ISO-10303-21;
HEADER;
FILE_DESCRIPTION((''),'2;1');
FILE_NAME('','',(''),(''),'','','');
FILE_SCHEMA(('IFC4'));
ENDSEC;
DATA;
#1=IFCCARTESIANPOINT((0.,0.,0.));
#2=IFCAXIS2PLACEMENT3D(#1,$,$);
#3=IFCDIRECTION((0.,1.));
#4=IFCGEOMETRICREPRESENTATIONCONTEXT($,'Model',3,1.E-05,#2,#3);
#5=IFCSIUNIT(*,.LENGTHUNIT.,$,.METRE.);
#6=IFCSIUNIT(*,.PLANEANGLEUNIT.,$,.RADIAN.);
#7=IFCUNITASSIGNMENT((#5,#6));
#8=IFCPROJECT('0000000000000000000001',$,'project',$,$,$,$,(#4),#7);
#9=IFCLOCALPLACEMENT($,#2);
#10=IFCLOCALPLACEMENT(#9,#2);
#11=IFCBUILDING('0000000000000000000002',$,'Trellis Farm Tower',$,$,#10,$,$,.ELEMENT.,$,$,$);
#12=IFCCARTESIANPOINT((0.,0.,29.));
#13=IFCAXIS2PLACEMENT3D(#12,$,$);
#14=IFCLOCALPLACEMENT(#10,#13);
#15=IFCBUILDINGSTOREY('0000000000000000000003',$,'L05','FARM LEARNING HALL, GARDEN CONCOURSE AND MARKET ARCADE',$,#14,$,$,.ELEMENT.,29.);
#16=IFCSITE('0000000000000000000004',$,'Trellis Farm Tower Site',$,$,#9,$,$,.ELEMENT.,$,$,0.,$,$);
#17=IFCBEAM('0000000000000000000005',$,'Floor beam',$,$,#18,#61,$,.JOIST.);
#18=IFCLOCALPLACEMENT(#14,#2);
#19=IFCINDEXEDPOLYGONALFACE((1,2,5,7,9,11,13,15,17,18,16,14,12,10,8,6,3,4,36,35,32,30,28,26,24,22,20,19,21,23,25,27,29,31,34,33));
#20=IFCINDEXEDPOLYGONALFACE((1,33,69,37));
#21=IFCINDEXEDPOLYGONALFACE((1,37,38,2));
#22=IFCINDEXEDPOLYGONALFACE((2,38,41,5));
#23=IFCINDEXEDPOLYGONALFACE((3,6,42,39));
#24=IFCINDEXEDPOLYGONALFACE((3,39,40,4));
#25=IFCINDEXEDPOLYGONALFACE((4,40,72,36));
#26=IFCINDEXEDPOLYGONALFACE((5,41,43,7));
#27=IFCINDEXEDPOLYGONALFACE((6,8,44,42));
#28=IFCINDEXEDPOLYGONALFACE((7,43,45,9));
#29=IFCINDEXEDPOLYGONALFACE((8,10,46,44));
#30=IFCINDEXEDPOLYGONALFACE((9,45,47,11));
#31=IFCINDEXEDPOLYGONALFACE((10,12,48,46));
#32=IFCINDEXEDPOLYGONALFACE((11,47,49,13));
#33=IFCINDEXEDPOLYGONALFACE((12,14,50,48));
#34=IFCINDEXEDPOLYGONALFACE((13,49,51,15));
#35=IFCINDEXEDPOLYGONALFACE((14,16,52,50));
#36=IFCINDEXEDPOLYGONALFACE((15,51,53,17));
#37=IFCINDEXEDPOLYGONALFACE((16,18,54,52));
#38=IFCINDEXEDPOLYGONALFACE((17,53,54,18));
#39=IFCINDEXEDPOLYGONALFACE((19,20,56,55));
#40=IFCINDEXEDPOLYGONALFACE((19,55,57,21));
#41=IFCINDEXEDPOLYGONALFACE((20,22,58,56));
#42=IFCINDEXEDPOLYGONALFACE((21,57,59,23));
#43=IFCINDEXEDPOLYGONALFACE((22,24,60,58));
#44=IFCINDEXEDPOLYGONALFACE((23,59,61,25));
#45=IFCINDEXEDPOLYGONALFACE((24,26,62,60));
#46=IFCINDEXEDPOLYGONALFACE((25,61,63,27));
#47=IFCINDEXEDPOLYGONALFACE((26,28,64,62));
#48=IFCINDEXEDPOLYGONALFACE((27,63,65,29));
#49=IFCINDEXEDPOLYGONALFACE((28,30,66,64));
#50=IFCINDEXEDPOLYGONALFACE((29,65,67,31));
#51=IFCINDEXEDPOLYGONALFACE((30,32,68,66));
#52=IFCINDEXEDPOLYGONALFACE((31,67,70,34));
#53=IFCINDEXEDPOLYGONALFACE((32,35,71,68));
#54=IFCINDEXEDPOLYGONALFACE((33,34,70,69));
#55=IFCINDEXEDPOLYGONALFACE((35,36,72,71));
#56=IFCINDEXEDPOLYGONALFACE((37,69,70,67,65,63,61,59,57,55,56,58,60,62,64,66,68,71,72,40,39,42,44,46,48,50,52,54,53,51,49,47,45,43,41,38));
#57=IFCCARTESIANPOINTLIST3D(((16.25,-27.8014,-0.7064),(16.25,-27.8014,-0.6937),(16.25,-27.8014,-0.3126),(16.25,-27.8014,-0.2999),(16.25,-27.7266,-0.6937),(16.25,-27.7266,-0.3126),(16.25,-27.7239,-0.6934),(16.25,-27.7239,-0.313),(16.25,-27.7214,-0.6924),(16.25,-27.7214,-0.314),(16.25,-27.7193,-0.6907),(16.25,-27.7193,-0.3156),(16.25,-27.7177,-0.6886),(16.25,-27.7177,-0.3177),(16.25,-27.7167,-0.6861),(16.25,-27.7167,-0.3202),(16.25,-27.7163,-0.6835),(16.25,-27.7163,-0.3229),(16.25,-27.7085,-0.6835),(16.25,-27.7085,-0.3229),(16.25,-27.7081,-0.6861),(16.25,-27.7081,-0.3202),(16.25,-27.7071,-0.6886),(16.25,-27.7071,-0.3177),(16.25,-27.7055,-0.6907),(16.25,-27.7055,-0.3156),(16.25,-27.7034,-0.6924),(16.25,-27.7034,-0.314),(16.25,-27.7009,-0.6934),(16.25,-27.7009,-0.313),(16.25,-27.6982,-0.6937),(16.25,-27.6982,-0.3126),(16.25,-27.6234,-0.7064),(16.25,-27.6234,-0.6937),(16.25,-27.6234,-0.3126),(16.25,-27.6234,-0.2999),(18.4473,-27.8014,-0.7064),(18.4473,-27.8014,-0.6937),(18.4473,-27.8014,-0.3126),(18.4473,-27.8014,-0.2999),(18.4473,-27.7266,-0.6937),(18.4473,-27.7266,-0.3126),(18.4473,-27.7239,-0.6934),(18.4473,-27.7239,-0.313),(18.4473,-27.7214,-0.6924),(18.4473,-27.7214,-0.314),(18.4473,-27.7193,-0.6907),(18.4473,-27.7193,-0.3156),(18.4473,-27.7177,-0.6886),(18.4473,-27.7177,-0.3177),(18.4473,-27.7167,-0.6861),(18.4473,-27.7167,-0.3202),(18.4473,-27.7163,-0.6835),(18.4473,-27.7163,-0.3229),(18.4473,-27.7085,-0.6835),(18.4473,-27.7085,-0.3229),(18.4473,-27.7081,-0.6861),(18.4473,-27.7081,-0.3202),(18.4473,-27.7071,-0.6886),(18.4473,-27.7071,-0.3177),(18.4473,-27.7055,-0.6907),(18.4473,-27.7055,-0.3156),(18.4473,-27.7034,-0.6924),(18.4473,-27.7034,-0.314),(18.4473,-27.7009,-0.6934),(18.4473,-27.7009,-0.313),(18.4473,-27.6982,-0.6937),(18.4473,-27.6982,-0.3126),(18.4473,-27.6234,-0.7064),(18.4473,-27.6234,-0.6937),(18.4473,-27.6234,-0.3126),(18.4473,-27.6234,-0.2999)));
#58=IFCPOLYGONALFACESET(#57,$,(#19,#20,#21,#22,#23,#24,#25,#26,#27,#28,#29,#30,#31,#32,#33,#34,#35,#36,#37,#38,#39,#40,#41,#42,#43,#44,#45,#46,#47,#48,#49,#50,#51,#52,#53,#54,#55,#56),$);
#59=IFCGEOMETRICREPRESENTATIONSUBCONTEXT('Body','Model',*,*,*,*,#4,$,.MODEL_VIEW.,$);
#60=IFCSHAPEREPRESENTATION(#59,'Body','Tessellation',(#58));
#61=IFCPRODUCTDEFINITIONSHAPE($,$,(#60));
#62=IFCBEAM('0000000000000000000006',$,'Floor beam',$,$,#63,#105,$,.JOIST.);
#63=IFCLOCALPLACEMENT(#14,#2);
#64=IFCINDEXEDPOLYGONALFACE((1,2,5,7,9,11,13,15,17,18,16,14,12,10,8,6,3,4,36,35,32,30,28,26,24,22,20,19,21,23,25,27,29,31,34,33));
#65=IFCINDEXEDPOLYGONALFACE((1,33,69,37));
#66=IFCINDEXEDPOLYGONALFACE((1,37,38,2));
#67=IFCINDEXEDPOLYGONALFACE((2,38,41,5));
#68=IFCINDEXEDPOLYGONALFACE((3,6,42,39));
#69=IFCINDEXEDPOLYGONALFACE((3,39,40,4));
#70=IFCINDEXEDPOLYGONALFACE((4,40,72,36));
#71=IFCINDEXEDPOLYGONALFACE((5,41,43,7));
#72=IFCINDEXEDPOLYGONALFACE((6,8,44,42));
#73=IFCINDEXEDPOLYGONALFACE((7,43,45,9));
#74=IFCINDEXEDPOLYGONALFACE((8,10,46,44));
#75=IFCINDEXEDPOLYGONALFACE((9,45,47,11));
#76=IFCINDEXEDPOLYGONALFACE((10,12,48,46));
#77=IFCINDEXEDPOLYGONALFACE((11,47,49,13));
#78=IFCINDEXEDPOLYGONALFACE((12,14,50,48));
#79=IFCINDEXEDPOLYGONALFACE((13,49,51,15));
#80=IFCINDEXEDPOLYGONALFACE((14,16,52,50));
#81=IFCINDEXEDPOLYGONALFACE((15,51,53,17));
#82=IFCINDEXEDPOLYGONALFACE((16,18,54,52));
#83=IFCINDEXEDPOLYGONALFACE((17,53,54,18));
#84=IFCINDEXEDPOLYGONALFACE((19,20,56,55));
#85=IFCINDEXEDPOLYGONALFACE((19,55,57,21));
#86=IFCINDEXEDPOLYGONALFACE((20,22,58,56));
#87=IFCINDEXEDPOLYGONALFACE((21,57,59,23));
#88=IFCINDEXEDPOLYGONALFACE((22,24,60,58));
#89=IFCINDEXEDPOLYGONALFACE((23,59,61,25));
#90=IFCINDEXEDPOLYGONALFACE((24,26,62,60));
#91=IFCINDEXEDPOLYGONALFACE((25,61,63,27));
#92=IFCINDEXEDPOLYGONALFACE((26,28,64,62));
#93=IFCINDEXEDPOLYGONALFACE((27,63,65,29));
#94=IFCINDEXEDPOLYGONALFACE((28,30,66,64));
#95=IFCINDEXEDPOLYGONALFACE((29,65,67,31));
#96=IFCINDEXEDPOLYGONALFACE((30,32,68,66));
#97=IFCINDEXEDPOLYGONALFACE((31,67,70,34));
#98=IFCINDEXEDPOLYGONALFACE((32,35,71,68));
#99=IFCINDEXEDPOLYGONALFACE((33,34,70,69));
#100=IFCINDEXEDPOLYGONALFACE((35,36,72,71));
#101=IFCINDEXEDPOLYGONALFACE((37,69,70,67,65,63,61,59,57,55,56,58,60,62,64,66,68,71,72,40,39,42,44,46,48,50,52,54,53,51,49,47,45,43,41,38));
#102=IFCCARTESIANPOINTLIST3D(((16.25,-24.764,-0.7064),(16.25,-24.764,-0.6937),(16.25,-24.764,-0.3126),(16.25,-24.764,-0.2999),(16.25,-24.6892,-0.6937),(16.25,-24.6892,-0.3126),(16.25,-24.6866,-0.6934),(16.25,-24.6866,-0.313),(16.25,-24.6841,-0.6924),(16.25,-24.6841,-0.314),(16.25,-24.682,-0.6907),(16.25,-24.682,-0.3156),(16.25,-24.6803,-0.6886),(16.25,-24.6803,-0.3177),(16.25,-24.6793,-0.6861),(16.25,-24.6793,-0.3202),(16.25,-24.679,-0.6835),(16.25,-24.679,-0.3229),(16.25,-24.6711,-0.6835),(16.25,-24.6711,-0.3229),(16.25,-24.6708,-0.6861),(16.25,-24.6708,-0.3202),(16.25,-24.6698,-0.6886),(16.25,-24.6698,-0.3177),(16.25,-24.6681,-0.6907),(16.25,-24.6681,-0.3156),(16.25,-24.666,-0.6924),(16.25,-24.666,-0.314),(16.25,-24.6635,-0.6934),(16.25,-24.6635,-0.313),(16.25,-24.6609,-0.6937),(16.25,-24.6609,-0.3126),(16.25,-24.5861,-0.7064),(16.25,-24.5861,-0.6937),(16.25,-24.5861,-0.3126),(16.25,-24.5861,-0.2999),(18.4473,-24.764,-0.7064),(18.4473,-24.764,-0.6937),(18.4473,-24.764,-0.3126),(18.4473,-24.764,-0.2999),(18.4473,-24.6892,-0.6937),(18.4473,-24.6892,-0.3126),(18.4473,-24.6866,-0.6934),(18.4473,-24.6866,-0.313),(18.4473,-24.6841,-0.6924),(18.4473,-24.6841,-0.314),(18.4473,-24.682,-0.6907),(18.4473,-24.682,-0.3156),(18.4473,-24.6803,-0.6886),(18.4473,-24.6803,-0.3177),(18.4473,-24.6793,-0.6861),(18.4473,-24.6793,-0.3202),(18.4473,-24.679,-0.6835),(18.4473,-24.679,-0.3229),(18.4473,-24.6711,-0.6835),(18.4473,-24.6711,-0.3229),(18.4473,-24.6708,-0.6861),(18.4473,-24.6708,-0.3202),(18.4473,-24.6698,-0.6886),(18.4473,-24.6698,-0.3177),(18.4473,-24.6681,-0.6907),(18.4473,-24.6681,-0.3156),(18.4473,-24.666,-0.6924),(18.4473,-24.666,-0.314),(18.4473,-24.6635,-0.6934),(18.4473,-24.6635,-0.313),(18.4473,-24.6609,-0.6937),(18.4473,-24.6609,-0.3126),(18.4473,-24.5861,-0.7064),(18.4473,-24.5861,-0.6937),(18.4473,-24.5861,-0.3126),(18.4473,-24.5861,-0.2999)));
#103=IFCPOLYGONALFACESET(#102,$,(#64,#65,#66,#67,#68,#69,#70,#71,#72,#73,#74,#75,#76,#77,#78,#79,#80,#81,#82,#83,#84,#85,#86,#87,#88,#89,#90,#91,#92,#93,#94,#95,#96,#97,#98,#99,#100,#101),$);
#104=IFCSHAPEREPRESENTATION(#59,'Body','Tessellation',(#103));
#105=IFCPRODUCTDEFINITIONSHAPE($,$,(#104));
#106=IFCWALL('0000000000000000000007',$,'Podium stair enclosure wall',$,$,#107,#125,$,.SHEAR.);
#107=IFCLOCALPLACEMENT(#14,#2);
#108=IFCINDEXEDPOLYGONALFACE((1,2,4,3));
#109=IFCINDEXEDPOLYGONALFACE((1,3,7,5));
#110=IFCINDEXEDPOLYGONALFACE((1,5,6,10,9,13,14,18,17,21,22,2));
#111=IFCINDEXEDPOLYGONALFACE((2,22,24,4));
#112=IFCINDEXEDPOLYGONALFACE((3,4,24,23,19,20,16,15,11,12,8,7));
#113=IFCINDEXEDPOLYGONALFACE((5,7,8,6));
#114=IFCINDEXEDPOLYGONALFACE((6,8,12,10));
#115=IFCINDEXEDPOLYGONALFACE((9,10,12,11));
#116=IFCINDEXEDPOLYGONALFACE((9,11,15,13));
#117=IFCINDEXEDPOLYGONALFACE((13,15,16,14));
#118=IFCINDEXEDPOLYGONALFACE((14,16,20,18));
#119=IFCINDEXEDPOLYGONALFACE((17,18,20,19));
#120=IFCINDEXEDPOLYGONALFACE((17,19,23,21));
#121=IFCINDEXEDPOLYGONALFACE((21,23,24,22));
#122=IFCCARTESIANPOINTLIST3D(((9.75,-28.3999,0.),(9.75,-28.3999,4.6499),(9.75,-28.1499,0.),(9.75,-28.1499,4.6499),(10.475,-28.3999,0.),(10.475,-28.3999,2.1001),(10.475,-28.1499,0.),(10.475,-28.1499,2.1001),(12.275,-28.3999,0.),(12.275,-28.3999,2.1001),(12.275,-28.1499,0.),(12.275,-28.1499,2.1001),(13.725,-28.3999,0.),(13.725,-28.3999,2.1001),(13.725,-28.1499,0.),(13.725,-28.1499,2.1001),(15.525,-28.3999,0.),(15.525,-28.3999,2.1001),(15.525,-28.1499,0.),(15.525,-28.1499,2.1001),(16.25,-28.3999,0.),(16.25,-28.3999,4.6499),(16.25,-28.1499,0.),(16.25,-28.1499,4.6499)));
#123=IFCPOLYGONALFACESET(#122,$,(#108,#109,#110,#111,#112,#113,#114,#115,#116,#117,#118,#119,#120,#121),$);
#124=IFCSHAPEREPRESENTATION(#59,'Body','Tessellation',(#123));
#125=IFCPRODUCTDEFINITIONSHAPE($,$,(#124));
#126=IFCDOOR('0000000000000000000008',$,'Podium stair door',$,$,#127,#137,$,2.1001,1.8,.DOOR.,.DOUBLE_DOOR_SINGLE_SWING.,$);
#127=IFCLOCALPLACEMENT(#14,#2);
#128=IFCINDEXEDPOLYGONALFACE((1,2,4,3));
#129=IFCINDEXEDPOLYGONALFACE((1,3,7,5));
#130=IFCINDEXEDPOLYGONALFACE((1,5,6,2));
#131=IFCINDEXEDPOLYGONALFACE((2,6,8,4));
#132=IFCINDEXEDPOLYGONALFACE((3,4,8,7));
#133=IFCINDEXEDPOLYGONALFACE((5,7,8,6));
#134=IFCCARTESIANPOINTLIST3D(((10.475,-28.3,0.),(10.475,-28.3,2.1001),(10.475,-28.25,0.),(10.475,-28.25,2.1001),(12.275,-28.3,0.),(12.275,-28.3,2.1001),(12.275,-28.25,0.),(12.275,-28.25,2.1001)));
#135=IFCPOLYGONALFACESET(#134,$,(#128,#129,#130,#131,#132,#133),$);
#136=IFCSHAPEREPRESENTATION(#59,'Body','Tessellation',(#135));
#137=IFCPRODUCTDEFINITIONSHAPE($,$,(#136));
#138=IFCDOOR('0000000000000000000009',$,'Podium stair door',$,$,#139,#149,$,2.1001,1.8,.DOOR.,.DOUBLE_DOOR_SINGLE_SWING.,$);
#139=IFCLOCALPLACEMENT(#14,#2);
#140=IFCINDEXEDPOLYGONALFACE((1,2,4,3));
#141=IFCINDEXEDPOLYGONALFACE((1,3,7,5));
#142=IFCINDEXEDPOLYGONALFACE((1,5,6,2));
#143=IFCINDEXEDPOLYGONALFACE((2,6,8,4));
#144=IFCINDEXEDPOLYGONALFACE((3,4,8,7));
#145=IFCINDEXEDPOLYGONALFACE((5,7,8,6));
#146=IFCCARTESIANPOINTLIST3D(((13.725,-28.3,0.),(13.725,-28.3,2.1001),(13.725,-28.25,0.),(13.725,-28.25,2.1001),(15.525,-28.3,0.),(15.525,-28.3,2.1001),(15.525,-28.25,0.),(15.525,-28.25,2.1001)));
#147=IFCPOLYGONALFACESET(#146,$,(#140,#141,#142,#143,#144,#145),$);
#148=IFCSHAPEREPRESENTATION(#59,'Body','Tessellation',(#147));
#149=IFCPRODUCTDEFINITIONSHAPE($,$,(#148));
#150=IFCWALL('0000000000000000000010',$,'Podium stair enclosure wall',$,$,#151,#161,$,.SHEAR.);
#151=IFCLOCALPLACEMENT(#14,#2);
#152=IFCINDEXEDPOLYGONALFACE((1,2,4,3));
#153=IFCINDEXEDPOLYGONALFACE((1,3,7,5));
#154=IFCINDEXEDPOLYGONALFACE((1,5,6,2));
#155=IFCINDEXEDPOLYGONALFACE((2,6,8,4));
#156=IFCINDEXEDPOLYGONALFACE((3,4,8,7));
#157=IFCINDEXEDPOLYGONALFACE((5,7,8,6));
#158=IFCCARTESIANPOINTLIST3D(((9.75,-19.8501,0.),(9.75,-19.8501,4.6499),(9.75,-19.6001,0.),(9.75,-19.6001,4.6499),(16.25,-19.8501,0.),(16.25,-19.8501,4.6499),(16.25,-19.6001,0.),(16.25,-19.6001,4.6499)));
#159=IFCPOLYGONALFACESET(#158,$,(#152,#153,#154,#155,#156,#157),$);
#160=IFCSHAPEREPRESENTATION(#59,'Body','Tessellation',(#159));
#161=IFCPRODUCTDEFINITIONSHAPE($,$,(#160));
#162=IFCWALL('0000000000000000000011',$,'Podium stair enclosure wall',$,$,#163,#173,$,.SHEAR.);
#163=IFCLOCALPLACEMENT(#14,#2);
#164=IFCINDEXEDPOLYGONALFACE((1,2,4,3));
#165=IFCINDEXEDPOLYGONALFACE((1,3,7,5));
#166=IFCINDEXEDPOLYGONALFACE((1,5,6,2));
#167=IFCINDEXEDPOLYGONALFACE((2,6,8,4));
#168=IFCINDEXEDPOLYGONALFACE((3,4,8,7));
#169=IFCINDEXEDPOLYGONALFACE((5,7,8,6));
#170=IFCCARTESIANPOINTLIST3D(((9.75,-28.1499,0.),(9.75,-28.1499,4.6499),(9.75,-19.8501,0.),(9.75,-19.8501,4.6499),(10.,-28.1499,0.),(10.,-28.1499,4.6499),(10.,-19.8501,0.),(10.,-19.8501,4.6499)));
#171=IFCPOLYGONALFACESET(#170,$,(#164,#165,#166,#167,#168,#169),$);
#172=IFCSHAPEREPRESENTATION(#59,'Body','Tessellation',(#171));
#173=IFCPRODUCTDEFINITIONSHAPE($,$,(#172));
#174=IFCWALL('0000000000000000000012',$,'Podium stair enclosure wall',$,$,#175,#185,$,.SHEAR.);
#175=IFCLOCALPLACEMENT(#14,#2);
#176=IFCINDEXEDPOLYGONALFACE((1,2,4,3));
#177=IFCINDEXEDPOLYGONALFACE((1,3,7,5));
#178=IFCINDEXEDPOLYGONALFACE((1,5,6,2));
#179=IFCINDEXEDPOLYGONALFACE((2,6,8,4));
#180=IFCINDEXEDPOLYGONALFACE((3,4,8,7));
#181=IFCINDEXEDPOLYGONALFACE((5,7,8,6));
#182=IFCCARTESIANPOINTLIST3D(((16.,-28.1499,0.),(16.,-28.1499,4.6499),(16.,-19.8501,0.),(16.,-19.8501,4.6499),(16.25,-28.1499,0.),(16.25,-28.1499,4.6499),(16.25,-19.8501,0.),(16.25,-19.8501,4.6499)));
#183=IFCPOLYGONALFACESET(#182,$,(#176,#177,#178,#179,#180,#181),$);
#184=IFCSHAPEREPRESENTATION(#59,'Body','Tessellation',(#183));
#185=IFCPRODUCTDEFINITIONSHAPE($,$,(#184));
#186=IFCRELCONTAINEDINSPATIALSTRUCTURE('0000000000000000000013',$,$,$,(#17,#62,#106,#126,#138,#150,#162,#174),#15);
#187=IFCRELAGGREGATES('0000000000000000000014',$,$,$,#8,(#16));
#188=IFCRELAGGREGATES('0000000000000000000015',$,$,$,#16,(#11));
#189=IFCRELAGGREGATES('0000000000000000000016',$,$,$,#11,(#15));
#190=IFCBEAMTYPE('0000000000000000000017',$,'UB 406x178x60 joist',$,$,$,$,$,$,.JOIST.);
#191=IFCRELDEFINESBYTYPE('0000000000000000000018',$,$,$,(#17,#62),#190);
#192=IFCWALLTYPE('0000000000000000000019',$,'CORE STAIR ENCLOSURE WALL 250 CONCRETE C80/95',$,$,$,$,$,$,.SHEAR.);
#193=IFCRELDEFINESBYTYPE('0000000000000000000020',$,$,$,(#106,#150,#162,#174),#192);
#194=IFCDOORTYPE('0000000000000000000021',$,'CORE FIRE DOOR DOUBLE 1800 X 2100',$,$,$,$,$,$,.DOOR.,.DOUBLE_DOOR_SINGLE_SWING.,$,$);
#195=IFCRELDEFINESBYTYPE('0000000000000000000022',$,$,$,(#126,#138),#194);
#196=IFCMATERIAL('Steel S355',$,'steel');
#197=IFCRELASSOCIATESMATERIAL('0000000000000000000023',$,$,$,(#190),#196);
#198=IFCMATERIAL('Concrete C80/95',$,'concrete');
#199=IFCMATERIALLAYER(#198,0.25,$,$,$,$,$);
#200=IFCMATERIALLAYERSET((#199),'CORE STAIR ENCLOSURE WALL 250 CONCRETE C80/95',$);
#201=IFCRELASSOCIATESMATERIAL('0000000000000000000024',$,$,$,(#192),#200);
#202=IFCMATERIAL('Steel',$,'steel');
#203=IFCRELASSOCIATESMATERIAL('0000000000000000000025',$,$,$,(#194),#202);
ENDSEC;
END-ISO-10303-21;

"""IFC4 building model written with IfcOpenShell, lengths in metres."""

from ifc_helpers import new_model, si_unit, direction, frame, frame_2d, origin, origin_2d, place, context, subcontext, project, spatial, rectangle, i_section, extrude, source, transform, mapped, material, layer, layer_set, material_profile, profile_set, type_object, element, fill, save


model = new_model("IFC4")

# Units and contexts
model_context = context("Model", 3, precision=1e-05, world=origin(), true_north=direction((0.0, 1.0)))
body_context = subcontext(model_context, "Body", "Model", "MODEL_VIEW")
ifc_project = project(units=[si_unit("LENGTHUNIT", "METRE"), si_unit("PLANEANGLEUNIT", "RADIAN")], contexts=[model_context])

# Site, building, storey
site_placement = place(None, origin())
site = spatial("IfcSite", under=ifc_project, at=site_placement, Name="Trellis Farm Tower Site", CompositionType="ELEMENT", RefElevation=0.0)
building_placement = place(site_placement, origin())
building = spatial("IfcBuilding", under=site, at=building_placement, Name="Trellis Farm Tower", CompositionType="ELEMENT")
storey_placement = place(building_placement, frame((0.0, 0.0, 29.0)))
storey = spatial("IfcBuildingStorey", under=building, at=storey_placement, Name="L05", Description="FARM LEARNING HALL, GARDEN CONCOURSE AND MARKET ARCADE", CompositionType="ELEMENT", Elevation=29.0)

# Beams
ifc_material_1 = material(Name="Steel S355", Category="steel")
ifc_material_profile = material_profile(ifc_material_1, i_section(OverallWidth=0.178, OverallDepth=0.4065, WebThickness=0.0078, FlangeThickness=0.0127, FilletRadius=0.0103, at=origin_2d()), Name="UB 406x178x60")
ifc_profile_set = profile_set([ifc_material_profile], Name="Steel S355")
beam_type = type_object("IfcBeamType", Name="UB 406x178x60 joist", PredefinedType="JOIST", material=ifc_profile_set)
shared_shape_1 = source(origin(), body_context, "Body", "SweptSolid", [
    extrude(i_section(OverallWidth=0.178, OverallDepth=0.4065, WebThickness=0.0078, FlangeThickness=0.0127, FilletRadius=0.0103, at=origin_2d()), origin(), (0.0, 0.0, 1.0), 2.1973),
])
for number, where, z_axis, x_axis, name in (
    (1, (16.25, -27.7124, -0.5032), (1.0, 0.0, 0.0), (0.0, 1.0, 0.0), "Floor beam"),
    (2, (16.25, -24.675, -0.5032), (1.0, 0.0, 0.0), (0.0, 1.0, 0.0), "Floor beam"),
):
    element("IfcBeam", number, at=place(storey_placement, frame(where, z_axis=z_axis, x_axis=x_axis)), inside=storey, type_object=beam_type, Name=name, PredefinedType="JOIST", context=body_context, shape_type="MappedRepresentation", body=[
        mapped(shared_shape_1, transform((0.0, 0.0, 0.0))),
    ])

# Wall, openings, doors
ifc_material_2 = material(Name="Concrete C80/95", Category="concrete")
ifc_layer_1 = layer(ifc_material_2, 0.25)
ifc_layer_set_1 = layer_set([ifc_layer_1], Name="CORE STAIR ENCLOSURE WALL 250 CONCRETE C80/95")
wall_type_1 = type_object("IfcWallType", Name="CORE STAIR ENCLOSURE WALL 250 CONCRETE C80/95", PredefinedType="SHEAR", material=ifc_layer_set_1)
shared_shape_2 = source(origin(), body_context, "Body", "SweptSolid", [
    extrude(rectangle(XDim=6.5, YDim=0.25, at=frame_2d((3.25, 0.0))), origin(), (0.0, 0.0, 1.0), 4.6499),
])
wall_1_placement = place(storey_placement, frame((9.75, -28.2749, 0.0), z_axis=(0.0, 0.0, 1.0), x_axis=(1.0, 0.0, 0.0)))
wall_1 = element("IfcWall", 3, at=wall_1_placement, inside=storey, type_object=wall_type_1, Name="Podium stair enclosure wall", PredefinedType="SHEAR", context=body_context, shape_type="MappedRepresentation", body=[
    mapped(shared_shape_2, transform((0.0, 0.0, 0.0))),
])
shared_shape_3 = source(origin(), body_context, "Body", "SweptSolid", [
    extrude(rectangle(XDim=1.8, YDim=2.1001, at=frame_2d((0.8999, 1.05))), frame((0.0, 0.135, 0.0), z_axis=(0.0, -1.0, 0.0), x_axis=(1.0, 0.0, 0.0)), (0.0, 0.0, 1.0), 0.27),
])
opening_1_placement = place(wall_1_placement, frame((0.7251, 0.0, 0.0)))
opening_1 = element("IfcOpeningElement", 4, at=opening_1_placement, cuts=wall_1, PredefinedType="OPENING", context=body_context, shape_type="MappedRepresentation", body=[
    mapped(shared_shape_3, transform((0.0, 0.0, 0.0))),
])
opening_2_placement = place(wall_1_placement, frame((3.9751, 0.0, 0.0)))
opening_2 = element("IfcOpeningElement", 5, at=opening_2_placement, cuts=wall_1, PredefinedType="OPENING", context=body_context, shape_type="MappedRepresentation", body=[
    mapped(shared_shape_3, transform((0.0, 0.0, 0.0))),
])
ifc_material_3 = material(Name="Steel", Category="steel")
door_type_1 = type_object("IfcDoorType", Name="CORE FIRE DOOR DOUBLE 1800 X 2100", OperationType="DOUBLE_DOOR_SINGLE_SWING", PredefinedType="DOOR", material=ifc_material_3)
shared_shape_4 = source(origin(), body_context, "Body", "SweptSolid", [
    extrude(rectangle(XDim=1.8, YDim=2.1001, at=frame_2d((0.8999, 1.05))), frame((0.0, 0.0249, 0.0), z_axis=(0.0, -1.0, 0.0), x_axis=(1.0, 0.0, 0.0)), (0.0, 0.0, 1.0), 0.05),
])
door_1_placement = place(opening_1_placement, origin())
door_1 = element("IfcDoor", 6, at=door_1_placement, inside=storey, type_object=door_type_1, Name="Podium stair door", OperationType="DOUBLE_DOOR_SINGLE_SWING", OverallHeight=2.1001, OverallWidth=1.8, PredefinedType="DOOR", context=body_context, shape_type="MappedRepresentation", body=[
    mapped(shared_shape_4, transform((0.0, 0.0, 0.0))),
])
fill(opening_1, door_1)
door_2_placement = place(opening_2_placement, origin())
door_2 = element("IfcDoor", 7, at=door_2_placement, inside=storey, type_object=door_type_1, Name="Podium stair door", OperationType="DOUBLE_DOOR_SINGLE_SWING", OverallHeight=2.1001, OverallWidth=1.8, PredefinedType="DOOR", context=body_context, shape_type="MappedRepresentation", body=[
    mapped(shared_shape_4, transform((0.0, 0.0, 0.0))),
])
fill(opening_2, door_2)

# Walls
wall_2_placement = place(storey_placement, frame((9.75, -19.7251, 0.0), z_axis=(0.0, 0.0, 1.0), x_axis=(1.0, 0.0, 0.0)))
element("IfcWall", 8, at=wall_2_placement, inside=storey, type_object=wall_type_1, Name="Podium stair enclosure wall", PredefinedType="SHEAR", context=body_context, shape_type="MappedRepresentation", body=[
    mapped(shared_shape_2, transform((0.0, 0.0, 0.0))),
])
shared_shape_5 = source(origin(), body_context, "Body", "SweptSolid", [
    extrude(rectangle(XDim=8.2998, YDim=0.25, at=frame_2d((4.1499, 0.0))), origin(), (0.0, 0.0, 1.0), 4.6499),
])
for number, where, z_axis, x_axis, name in (
    (9, (9.875, -28.1499, 0.0), (0.0, 0.0, 1.0), (0.0, 1.0, 0.0), "Podium stair enclosure wall"),
    (10, (16.125, -28.1499, 0.0), (0.0, 0.0, 1.0), (0.0, 1.0, 0.0), "Podium stair enclosure wall"),
):
    element("IfcWall", number, at=place(storey_placement, frame(where, z_axis=z_axis, x_axis=x_axis)), inside=storey, type_object=wall_type_1, Name=name, PredefinedType="SHEAR", context=body_context, shape_type="MappedRepresentation", body=[
        mapped(shared_shape_5, transform((0.0, 0.0, 0.0))),
    ])

save(model, "model.ifc")
